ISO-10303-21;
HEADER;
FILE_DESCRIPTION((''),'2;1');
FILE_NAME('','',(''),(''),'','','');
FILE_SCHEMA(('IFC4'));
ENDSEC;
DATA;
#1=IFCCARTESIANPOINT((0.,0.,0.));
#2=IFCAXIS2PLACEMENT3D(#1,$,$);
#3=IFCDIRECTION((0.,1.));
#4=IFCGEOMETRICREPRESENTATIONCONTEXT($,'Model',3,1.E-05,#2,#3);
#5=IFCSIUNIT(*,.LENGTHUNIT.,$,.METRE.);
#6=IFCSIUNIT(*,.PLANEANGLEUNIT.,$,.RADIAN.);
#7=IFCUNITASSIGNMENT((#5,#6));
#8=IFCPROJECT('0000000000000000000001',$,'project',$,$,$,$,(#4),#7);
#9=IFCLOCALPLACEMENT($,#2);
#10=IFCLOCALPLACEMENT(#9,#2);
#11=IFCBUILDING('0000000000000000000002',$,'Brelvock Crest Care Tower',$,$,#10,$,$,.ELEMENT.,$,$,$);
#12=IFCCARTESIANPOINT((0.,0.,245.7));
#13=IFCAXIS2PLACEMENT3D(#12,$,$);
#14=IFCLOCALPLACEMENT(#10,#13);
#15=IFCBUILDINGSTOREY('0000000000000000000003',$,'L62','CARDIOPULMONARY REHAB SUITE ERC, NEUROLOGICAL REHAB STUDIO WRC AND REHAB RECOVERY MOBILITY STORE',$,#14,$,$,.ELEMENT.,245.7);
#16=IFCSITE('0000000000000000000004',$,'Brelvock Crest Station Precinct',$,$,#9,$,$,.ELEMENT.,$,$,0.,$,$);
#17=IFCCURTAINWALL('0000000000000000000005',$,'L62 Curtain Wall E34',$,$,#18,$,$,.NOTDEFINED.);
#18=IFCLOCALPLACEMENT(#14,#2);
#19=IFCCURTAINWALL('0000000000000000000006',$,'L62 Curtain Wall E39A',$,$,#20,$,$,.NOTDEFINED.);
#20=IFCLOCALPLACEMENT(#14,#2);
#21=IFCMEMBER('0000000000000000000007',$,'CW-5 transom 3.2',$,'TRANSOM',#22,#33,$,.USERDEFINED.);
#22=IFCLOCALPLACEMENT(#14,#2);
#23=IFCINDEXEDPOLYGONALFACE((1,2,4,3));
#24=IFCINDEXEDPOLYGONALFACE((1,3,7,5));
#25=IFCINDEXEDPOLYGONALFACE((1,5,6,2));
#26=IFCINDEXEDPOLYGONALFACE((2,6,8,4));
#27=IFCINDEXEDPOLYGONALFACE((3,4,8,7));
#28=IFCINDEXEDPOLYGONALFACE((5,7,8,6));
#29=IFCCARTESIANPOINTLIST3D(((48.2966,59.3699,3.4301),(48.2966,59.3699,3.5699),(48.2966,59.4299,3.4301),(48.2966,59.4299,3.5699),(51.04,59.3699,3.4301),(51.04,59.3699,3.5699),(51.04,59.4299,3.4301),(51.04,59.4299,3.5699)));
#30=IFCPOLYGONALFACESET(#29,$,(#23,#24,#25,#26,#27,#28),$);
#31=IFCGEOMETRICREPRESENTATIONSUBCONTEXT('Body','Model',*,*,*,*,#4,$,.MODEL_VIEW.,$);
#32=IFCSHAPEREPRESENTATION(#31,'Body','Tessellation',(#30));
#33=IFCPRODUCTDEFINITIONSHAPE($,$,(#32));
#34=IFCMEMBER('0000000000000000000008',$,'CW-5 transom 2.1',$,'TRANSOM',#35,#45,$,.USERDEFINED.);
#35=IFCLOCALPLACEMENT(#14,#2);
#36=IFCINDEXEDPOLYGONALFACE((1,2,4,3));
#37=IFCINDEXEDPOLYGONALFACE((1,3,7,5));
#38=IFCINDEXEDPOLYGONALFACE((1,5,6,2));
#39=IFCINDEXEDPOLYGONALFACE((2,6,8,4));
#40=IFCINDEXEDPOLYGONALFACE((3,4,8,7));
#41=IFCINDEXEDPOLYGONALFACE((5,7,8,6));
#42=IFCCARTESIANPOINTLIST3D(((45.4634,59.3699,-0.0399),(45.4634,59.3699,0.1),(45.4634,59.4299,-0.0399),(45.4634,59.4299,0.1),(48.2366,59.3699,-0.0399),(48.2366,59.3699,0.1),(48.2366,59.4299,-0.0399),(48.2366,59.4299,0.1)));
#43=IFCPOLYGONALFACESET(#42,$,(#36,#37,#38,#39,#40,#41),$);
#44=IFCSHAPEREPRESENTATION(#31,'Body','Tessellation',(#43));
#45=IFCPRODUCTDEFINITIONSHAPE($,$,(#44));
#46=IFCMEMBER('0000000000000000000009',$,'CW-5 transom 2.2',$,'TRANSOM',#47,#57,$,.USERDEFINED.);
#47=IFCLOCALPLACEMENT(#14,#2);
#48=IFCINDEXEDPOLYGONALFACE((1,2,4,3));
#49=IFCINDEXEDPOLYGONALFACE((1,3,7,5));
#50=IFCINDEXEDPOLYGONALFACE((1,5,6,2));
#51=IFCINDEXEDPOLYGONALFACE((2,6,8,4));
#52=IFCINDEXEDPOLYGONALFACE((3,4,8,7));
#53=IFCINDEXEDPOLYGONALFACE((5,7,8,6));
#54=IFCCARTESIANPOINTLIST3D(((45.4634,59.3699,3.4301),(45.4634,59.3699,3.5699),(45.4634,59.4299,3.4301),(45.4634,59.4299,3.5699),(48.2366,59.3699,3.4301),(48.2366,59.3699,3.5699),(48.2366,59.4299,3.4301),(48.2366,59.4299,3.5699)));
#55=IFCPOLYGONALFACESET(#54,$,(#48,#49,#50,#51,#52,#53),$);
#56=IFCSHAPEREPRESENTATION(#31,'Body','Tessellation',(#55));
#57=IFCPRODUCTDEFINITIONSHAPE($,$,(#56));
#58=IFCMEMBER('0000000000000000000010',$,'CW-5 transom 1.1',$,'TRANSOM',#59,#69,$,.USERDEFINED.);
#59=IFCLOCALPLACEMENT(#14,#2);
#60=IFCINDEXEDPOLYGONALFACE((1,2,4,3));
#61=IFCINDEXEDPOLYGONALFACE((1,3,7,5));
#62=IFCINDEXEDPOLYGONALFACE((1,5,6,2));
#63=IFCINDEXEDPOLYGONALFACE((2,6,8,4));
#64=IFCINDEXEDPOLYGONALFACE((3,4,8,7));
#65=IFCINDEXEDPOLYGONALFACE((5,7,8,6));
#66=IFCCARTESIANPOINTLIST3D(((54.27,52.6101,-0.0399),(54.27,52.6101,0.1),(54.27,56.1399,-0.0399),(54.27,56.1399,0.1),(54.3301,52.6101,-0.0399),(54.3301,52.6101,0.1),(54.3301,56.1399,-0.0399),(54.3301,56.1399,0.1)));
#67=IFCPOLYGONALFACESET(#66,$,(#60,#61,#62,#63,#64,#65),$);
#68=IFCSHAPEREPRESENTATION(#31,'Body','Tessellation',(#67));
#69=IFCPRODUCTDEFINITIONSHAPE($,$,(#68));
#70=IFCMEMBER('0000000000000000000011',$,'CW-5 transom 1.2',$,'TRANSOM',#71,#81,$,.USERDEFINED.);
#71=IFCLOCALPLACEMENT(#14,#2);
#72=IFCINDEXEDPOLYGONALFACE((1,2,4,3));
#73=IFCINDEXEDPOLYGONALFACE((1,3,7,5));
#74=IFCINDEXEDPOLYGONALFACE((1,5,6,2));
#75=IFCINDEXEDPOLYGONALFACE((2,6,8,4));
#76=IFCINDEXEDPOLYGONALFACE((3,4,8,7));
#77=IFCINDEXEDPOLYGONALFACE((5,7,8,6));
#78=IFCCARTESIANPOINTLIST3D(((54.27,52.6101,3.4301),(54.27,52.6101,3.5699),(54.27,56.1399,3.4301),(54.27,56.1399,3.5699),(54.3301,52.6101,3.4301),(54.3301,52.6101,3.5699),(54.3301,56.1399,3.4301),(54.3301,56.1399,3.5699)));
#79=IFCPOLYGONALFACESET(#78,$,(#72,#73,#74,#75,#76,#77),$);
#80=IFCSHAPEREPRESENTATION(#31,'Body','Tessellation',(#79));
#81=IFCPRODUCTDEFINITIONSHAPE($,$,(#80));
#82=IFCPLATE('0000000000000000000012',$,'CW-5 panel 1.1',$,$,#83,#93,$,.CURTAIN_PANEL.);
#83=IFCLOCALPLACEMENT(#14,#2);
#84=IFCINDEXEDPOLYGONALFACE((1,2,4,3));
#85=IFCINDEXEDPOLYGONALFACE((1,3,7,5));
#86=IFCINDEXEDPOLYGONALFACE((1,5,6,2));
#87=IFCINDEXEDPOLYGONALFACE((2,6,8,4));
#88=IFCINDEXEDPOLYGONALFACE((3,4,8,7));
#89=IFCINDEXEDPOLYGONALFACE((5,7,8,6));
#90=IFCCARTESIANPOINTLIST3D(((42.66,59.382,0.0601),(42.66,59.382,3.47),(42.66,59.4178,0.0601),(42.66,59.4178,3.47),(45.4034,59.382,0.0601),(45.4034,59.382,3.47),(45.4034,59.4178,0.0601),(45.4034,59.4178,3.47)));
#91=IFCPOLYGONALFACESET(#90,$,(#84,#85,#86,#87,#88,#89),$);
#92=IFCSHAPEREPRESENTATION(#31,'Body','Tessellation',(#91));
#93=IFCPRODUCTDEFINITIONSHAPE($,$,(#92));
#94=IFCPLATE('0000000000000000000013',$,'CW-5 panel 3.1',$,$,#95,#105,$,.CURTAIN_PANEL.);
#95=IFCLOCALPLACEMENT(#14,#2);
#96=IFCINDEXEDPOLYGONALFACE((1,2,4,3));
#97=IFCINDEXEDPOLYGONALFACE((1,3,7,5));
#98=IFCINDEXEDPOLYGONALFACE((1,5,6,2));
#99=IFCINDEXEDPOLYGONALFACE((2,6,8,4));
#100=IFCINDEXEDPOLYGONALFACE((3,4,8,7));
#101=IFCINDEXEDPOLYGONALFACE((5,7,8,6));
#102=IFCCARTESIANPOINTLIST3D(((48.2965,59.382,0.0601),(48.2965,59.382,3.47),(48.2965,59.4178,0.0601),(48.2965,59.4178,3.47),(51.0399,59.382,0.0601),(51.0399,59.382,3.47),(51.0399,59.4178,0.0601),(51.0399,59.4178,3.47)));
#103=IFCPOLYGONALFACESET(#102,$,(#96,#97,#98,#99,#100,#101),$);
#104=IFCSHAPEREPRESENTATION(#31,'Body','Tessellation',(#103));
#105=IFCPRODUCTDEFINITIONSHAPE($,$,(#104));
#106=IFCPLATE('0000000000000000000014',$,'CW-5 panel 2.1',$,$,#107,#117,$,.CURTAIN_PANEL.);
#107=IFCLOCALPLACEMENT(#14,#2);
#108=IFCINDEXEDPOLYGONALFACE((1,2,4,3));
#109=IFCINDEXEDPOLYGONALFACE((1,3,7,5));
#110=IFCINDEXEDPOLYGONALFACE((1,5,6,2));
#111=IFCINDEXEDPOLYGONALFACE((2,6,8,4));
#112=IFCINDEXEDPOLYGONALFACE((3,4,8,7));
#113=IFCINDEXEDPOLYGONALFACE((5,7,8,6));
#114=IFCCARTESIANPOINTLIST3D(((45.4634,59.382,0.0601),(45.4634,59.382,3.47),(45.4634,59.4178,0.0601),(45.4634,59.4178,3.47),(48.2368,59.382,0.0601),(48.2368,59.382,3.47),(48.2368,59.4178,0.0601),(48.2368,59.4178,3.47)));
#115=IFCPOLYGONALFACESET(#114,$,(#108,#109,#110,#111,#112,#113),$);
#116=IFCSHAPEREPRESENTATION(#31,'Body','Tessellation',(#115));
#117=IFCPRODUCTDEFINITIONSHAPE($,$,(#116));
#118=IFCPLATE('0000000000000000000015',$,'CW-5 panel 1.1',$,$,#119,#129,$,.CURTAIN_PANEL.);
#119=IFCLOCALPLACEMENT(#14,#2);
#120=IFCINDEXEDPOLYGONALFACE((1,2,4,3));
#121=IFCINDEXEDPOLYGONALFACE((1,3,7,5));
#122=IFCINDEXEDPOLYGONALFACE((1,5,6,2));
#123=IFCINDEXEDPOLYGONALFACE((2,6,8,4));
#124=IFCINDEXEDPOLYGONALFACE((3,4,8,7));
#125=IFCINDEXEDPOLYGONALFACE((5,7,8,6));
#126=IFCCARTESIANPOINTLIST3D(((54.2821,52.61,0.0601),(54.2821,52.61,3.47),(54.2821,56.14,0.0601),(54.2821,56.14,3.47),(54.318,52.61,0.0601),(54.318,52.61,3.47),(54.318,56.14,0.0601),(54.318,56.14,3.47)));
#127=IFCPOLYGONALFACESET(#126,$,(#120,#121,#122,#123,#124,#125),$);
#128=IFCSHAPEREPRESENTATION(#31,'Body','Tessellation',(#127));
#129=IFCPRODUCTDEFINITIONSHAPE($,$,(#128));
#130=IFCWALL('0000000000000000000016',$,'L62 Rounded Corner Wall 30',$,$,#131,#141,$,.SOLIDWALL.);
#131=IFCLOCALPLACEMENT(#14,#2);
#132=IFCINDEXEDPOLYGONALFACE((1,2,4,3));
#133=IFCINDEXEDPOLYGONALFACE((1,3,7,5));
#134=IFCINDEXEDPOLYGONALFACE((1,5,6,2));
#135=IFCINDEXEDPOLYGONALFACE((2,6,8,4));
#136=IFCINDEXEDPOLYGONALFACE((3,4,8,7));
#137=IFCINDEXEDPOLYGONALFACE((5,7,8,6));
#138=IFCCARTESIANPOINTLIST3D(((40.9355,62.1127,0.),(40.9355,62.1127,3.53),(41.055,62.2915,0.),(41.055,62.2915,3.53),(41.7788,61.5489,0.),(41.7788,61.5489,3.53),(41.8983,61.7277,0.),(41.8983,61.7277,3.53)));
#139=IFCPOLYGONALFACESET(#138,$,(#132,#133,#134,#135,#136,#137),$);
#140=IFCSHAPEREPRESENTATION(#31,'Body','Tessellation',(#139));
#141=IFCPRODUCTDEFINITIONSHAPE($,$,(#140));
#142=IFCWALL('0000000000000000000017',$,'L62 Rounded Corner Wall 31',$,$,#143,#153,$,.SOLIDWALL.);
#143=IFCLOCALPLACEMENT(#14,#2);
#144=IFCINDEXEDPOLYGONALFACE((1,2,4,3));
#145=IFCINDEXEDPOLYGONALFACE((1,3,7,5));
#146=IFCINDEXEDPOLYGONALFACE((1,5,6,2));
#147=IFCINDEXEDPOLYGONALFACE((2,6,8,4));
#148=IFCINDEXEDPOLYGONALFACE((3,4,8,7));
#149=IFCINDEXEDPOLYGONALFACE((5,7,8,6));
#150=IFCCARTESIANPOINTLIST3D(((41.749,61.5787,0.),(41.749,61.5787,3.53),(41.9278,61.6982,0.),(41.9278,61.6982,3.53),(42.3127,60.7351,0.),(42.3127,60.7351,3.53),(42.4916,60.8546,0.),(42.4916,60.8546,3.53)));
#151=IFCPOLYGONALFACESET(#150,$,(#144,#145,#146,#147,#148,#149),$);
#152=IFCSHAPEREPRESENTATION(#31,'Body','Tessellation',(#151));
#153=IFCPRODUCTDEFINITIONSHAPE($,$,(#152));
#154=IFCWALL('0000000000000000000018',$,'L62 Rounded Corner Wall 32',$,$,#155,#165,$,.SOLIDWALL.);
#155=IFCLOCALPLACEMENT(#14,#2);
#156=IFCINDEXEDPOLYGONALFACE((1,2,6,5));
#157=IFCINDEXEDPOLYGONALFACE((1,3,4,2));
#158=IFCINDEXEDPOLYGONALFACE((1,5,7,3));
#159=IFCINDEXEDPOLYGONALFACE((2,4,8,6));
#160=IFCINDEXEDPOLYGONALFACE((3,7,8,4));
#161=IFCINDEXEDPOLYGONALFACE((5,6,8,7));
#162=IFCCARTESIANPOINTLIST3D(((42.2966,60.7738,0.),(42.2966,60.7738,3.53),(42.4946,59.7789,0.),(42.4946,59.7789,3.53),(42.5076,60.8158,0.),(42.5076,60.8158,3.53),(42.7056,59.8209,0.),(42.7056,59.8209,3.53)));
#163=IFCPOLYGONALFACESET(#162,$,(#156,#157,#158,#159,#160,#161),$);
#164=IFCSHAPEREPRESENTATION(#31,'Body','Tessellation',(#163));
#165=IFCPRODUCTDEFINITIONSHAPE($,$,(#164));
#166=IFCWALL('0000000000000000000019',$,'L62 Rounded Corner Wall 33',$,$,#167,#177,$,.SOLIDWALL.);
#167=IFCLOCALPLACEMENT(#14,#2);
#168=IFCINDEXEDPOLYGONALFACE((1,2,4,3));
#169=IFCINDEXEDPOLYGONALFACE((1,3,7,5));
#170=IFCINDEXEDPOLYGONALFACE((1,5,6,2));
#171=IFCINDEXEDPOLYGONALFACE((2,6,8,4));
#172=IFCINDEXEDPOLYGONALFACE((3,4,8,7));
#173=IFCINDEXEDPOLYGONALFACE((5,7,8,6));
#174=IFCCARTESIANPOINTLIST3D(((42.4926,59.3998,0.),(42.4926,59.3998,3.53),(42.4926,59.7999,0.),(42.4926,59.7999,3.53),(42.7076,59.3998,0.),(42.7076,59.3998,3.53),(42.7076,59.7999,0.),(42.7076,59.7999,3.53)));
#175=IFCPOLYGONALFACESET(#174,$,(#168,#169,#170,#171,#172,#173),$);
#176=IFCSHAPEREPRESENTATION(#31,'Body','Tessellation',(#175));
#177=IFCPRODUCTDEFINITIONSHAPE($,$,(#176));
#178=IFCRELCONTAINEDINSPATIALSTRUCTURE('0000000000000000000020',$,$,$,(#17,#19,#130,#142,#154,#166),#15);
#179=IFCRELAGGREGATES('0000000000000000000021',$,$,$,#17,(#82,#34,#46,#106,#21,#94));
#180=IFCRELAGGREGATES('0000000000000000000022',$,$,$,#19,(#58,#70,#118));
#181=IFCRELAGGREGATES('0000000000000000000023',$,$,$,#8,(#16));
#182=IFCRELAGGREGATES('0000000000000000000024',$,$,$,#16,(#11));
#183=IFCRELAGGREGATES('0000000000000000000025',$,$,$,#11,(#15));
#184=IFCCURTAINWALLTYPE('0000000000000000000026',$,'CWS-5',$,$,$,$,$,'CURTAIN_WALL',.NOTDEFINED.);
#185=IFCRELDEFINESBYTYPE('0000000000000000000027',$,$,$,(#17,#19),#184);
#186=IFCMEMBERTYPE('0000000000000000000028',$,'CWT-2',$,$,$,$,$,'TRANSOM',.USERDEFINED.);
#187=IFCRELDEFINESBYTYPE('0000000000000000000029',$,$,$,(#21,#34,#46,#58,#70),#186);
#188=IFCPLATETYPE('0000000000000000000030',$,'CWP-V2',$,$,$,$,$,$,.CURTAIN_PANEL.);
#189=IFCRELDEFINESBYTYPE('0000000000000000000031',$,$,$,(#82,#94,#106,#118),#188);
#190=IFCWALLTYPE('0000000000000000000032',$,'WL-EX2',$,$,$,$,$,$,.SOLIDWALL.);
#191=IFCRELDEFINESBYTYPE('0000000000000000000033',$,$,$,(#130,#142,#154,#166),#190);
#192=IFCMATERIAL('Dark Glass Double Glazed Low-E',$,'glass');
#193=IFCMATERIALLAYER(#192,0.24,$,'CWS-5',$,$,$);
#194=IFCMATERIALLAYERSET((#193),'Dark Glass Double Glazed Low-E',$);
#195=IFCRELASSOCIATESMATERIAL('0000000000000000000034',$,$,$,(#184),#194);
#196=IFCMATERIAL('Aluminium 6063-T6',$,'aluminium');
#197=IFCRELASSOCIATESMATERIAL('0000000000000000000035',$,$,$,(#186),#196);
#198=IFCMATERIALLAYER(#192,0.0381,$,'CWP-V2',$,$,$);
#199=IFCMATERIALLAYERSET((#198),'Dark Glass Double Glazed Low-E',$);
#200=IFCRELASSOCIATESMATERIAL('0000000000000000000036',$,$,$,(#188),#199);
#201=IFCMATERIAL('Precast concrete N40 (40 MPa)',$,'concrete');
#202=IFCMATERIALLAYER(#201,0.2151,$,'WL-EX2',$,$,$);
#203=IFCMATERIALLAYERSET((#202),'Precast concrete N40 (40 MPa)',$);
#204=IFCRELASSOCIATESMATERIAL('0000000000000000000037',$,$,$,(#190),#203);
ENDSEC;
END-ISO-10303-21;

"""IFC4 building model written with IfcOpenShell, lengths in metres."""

from ifc_helpers import new_model, si_unit, direction, frame, frame_2d, origin, origin_2d, place, context, subcontext, project, spatial, rectangle, extrude, source, transform, mapped, material, layer, layer_set, material_profile, profile_set, type_object, element, aggregate, save


model = new_model("IFC4")

# Units and contexts
model_context = context("Model", 3, precision=1e-05, world=origin(), true_north=direction((0.0, 1.0)))
body_context = subcontext(model_context, "Body", "Model", "MODEL_VIEW")
ifc_project = project(units=[si_unit("LENGTHUNIT", "METRE"), si_unit("PLANEANGLEUNIT", "RADIAN")], contexts=[model_context])

# Site, building, storey
site_placement = place(None, origin())
site = spatial("IfcSite", under=ifc_project, at=site_placement, Name="Brelvock Crest Station Precinct", CompositionType="ELEMENT", RefElevation=0.0)
building_placement = place(site_placement, origin())
building = spatial("IfcBuilding", under=site, at=building_placement, Name="Brelvock Crest Care Tower", CompositionType="ELEMENT")
storey_placement = place(building_placement, frame((0.0, 0.0, 245.7)))
storey = spatial("IfcBuildingStorey", under=building, at=storey_placement, Name="L62", Description="CARDIOPULMONARY REHAB SUITE ERC, NEUROLOGICAL REHAB STUDIO WRC AND REHAB RECOVERY MOBILITY STORE", CompositionType="ELEMENT", Elevation=245.7)

# Curtain wall
ifc_material_1 = material(Name="Dark Glass Double Glazed Low-E", Category="glass")
ifc_layer_1 = layer(ifc_material_1, 0.24, Name="CWS-5")
ifc_layer_set_1 = layer_set([ifc_layer_1], Name="Dark Glass Double Glazed Low-E")
curtain_wall_type = type_object("IfcCurtainWallType", Name="CWS-5", ElementType="CURTAIN_WALL", PredefinedType="NOTDEFINED", material=ifc_layer_set_1)
curtain_wall_1_placement = place(storey_placement, origin())
curtain_wall_1 = element("IfcCurtainWall", 1, at=curtain_wall_1_placement, inside=storey, type_object=curtain_wall_type, Name="L62 Curtain Wall E34", PredefinedType="NOTDEFINED")
ifc_material_2 = material(Name="Aluminium 6063-T6", Category="aluminium")

# Curtain wall
curtain_wall_2_placement = place(storey_placement, origin())
curtain_wall_2 = element("IfcCurtainWall", 2, at=curtain_wall_2_placement, inside=storey, type_object=curtain_wall_type, Name="L62 Curtain Wall E39A", PredefinedType="NOTDEFINED")

# Members
ifc_material_profile_1 = material_profile(ifc_material_2, rectangle(XDim=0.0601, YDim=0.1399, at=origin_2d()), Name="ALU60x140")
ifc_profile_set_1 = profile_set([ifc_material_profile_1], Name="Aluminium 6063-T6")
member_type_1 = type_object("IfcMemberType", Name="CWT-2", ElementType="TRANSOM", PredefinedType="USERDEFINED", material=ifc_profile_set_1)
shared_shape_1 = source(origin(), body_context, "Body", "SweptSolid", [
    extrude(rectangle(XDim=0.0601, YDim=0.1399, at=origin_2d()), origin(), (0.0, 0.0, 1.0), 2.7434),
])
member_1_placement = place(storey_placement, frame((48.2966, 59.3999, 3.5), z_axis=(1.0, 0.0, 0.0), x_axis=(0.0, 1.0, 0.0)))
member_1 = element("IfcMember", 3, at=member_1_placement, type_object=member_type_1, Name="CW-5 transom 3.2", ObjectType="TRANSOM", PredefinedType="USERDEFINED", context=body_context, shape_type="MappedRepresentation", body=[
    mapped(shared_shape_1, transform((0.0, 0.0, 0.0), x_axis=(1.0, 0.0, 0.0), y_axis=(0.0, 1.0, 0.0), z_axis=(0.0, 0.0, 1.0), scale=1.0)),
])
shared_shape_2 = source(origin(), body_context, "Body", "SweptSolid", [
    extrude(rectangle(XDim=0.0601, YDim=0.1399, at=origin_2d()), origin(), (0.0, 0.0, 1.0), 2.7732),
])
member_2_placement = place(storey_placement, frame((45.4634, 59.3999, 0.03), z_axis=(1.0, 0.0, 0.0), x_axis=(0.0, 1.0, 0.0)))
member_2 = element("IfcMember", 4, at=member_2_placement, type_object=member_type_1, Name="CW-5 transom 2.1", ObjectType="TRANSOM", PredefinedType="USERDEFINED", context=body_context, shape_type="MappedRepresentation", body=[
    mapped(shared_shape_2, transform((0.0, 0.0, 0.0), x_axis=(1.0, 0.0, 0.0), y_axis=(0.0, 1.0, 0.0), z_axis=(0.0, 0.0, 1.0), scale=1.0)),
])
member_3_placement = place(storey_placement, frame((45.4634, 59.3999, 3.5), z_axis=(1.0, 0.0, 0.0), x_axis=(0.0, 1.0, 0.0)))
member_3 = element("IfcMember", 5, at=member_3_placement, type_object=member_type_1, Name="CW-5 transom 2.2", ObjectType="TRANSOM", PredefinedType="USERDEFINED", context=body_context, shape_type="MappedRepresentation", body=[
    mapped(shared_shape_2, transform((0.0, 0.0, 0.0), x_axis=(1.0, 0.0, 0.0), y_axis=(0.0, 1.0, 0.0), z_axis=(0.0, 0.0, 1.0), scale=1.0)),
])
shared_shape_3 = source(origin(), body_context, "Body", "SweptSolid", [
    extrude(rectangle(XDim=0.0601, YDim=0.1399, at=origin_2d()), origin(), (0.0, 0.0, 1.0), 3.5298),
])
member_4_placement = place(storey_placement, frame((54.3, 56.1399, 0.03), z_axis=(0.0, -1.0, 0.0), x_axis=(1.0, 0.0, 0.0)))
member_4 = element("IfcMember", 6, at=member_4_placement, type_object=member_type_1, Name="CW-5 transom 1.1", ObjectType="TRANSOM", PredefinedType="USERDEFINED", context=body_context, shape_type="MappedRepresentation", body=[
    mapped(shared_shape_3, transform((0.0, 0.0, 0.0), x_axis=(1.0, 0.0, 0.0), y_axis=(0.0, 1.0, 0.0), z_axis=(0.0, 0.0, 1.0), scale=1.0)),
])
member_5_placement = place(storey_placement, frame((54.3, 56.1399, 3.5), z_axis=(0.0, -1.0, 0.0), x_axis=(1.0, 0.0, 0.0)))
member_5 = element("IfcMember", 7, at=member_5_placement, type_object=member_type_1, Name="CW-5 transom 1.2", ObjectType="TRANSOM", PredefinedType="USERDEFINED", context=body_context, shape_type="MappedRepresentation", body=[
    mapped(shared_shape_3, transform((0.0, 0.0, 0.0), x_axis=(1.0, 0.0, 0.0), y_axis=(0.0, 1.0, 0.0), z_axis=(0.0, 0.0, 1.0), scale=1.0)),
])

# Plates
ifc_layer_2 = layer(ifc_material_1, 0.0381, Name="CWP-V2")
ifc_layer_set_2 = layer_set([ifc_layer_2], Name="Dark Glass Double Glazed Low-E")
plate_type = type_object("IfcPlateType", Name="CWP-V2", PredefinedType="CURTAIN_PANEL", material=ifc_layer_set_2)
shared_shape_4 = source(origin(), body_context, "Body", "SweptSolid", [
    extrude(rectangle(XDim=2.7434, YDim=0.0359, at=origin_2d()), origin(), (0.0, 0.0, 1.0), 3.4099),
])
plate_1_placement = place(storey_placement, frame((44.0317, 59.3999, 0.0601), z_axis=(0.0, 0.0, 1.0), x_axis=(1.0, 0.0, 0.0)))
plate_1 = element("IfcPlate", 8, at=plate_1_placement, type_object=plate_type, Name="CW-5 panel 1.1", PredefinedType="CURTAIN_PANEL", context=body_context, shape_type="MappedRepresentation", body=[
    mapped(shared_shape_4, transform((0.0, 0.0, 0.0), x_axis=(1.0, 0.0, 0.0), y_axis=(0.0, 1.0, 0.0), z_axis=(0.0, 0.0, 1.0), scale=1.0)),
])
plate_2_placement = place(storey_placement, frame((49.6682, 59.3999, 0.0601), z_axis=(0.0, 0.0, 1.0), x_axis=(1.0, 0.0, 0.0)))
plate_2 = element("IfcPlate", 9, at=plate_2_placement, type_object=plate_type, Name="CW-5 panel 3.1", PredefinedType="CURTAIN_PANEL", context=body_context, shape_type="MappedRepresentation", body=[
    mapped(shared_shape_4, transform((0.0, 0.0, 0.0), x_axis=(1.0, 0.0, 0.0), y_axis=(0.0, 1.0, 0.0), z_axis=(0.0, 0.0, 1.0), scale=1.0)),
])
shared_shape_5 = source(origin(), body_context, "Body", "SweptSolid", [
    extrude(rectangle(XDim=2.7734, YDim=0.0359, at=origin_2d()), origin(), (0.0, 0.0, 1.0), 3.4099),
])
plate_3_placement = place(storey_placement, frame((46.8501, 59.3999, 0.0601), z_axis=(0.0, 0.0, 1.0), x_axis=(1.0, 0.0, 0.0)))
plate_3 = element("IfcPlate", 10, at=plate_3_placement, type_object=plate_type, Name="CW-5 panel 2.1", PredefinedType="CURTAIN_PANEL", context=body_context, shape_type="MappedRepresentation", body=[
    mapped(shared_shape_5, transform((0.0, 0.0, 0.0), x_axis=(1.0, 0.0, 0.0), y_axis=(0.0, 1.0, 0.0), z_axis=(0.0, 0.0, 1.0), scale=1.0)),
])
aggregate(curtain_wall_1, [plate_1, member_2, member_3, plate_3, member_1, plate_2])
shared_shape_6 = source(origin(), body_context, "Body", "SweptSolid", [
    extrude(rectangle(XDim=3.53, YDim=0.0359, at=origin_2d()), origin(), (0.0, 0.0, 1.0), 3.4099),
])
plate_4_placement = place(storey_placement, frame((54.3, 54.375, 0.0601), z_axis=(0.0, 0.0, 1.0), x_axis=(0.0, -1.0, 0.0)))
plate_4 = element("IfcPlate", 11, at=plate_4_placement, type_object=plate_type, Name="CW-5 panel 1.1", PredefinedType="CURTAIN_PANEL", context=body_context, shape_type="MappedRepresentation", body=[
    mapped(shared_shape_6, transform((0.0, 0.0, 0.0), x_axis=(1.0, 0.0, 0.0), y_axis=(0.0, 1.0, 0.0), z_axis=(0.0, 0.0, 1.0), scale=1.0)),
])
aggregate(curtain_wall_2, [member_4, member_5, plate_4])

# Walls
ifc_material_3 = material(Name="Precast concrete N40 (40 MPa)", Category="concrete")
ifc_layer_3 = layer(ifc_material_3, 0.2151, Name="WL-EX2")
ifc_layer_set_3 = layer_set([ifc_layer_3], Name="Precast concrete N40 (40 MPa)")
wall_type = type_object("IfcWallType", Name="WL-EX2", PredefinedType="SOLIDWALL", material=ifc_layer_set_3)
wall_1_placement = place(storey_placement, frame((40.9951, 62.2021, 0.0), z_axis=(0.0, 0.0, 1.0), x_axis=(0.831346, -0.555755, 0.0)))
element("IfcWall", 12, at=wall_1_placement, inside=storey, type_object=wall_type, Name="L62 Rounded Corner Wall 30", PredefinedType="SOLIDWALL", context=body_context, shape_type="SweptSolid", body=[
    extrude(rectangle(XDim=1.0144, YDim=0.2151, at=frame_2d((0.5073, 0.0))), origin(), (0.0, 0.0, 1.0), 3.53),
])
wall_2_placement = place(storey_placement, frame((41.8384, 61.6384, 0.0), z_axis=(0.0, 0.0, 1.0), x_axis=(0.555644, -0.83142, 0.0)))
element("IfcWall", 13, at=wall_2_placement, inside=storey, type_object=wall_type, Name="L62 Rounded Corner Wall 31", PredefinedType="SOLIDWALL", context=body_context, shape_type="SweptSolid", body=[
    extrude(rectangle(XDim=1.0146, YDim=0.2151, at=frame_2d((0.5073, 0.0))), origin(), (0.0, 0.0, 1.0), 3.53),
])
wall_3_placement = place(storey_placement, frame((42.4021, 60.7949, 0.0), z_axis=(0.0, 0.0, 1.0), x_axis=(0.19519, -0.980765, 0.0)))
element("IfcWall", 14, at=wall_3_placement, inside=storey, type_object=wall_type, Name="L62 Rounded Corner Wall 32", PredefinedType="SOLIDWALL", context=body_context, shape_type="SweptSolid", body=[
    extrude(rectangle(XDim=1.0144, YDim=0.2151, at=frame_2d((0.5073, 0.0))), origin(), (0.0, 0.0, 1.0), 3.53),
])
wall_4_placement = place(storey_placement, frame((42.6001, 59.8, 0.0), z_axis=(0.0, 0.0, 1.0), x_axis=(0.0, -1.0, 0.0)))
element("IfcWall", 15, at=wall_4_placement, inside=storey, type_object=wall_type, Name="L62 Rounded Corner Wall 33", PredefinedType="SOLIDWALL", context=body_context, shape_type="SweptSolid", body=[
    extrude(rectangle(XDim=0.4001, YDim=0.2151, at=frame_2d((0.2002, 0.0))), origin(), (0.0, 0.0, 1.0), 3.53),
])

save(model, "model.ifc")
